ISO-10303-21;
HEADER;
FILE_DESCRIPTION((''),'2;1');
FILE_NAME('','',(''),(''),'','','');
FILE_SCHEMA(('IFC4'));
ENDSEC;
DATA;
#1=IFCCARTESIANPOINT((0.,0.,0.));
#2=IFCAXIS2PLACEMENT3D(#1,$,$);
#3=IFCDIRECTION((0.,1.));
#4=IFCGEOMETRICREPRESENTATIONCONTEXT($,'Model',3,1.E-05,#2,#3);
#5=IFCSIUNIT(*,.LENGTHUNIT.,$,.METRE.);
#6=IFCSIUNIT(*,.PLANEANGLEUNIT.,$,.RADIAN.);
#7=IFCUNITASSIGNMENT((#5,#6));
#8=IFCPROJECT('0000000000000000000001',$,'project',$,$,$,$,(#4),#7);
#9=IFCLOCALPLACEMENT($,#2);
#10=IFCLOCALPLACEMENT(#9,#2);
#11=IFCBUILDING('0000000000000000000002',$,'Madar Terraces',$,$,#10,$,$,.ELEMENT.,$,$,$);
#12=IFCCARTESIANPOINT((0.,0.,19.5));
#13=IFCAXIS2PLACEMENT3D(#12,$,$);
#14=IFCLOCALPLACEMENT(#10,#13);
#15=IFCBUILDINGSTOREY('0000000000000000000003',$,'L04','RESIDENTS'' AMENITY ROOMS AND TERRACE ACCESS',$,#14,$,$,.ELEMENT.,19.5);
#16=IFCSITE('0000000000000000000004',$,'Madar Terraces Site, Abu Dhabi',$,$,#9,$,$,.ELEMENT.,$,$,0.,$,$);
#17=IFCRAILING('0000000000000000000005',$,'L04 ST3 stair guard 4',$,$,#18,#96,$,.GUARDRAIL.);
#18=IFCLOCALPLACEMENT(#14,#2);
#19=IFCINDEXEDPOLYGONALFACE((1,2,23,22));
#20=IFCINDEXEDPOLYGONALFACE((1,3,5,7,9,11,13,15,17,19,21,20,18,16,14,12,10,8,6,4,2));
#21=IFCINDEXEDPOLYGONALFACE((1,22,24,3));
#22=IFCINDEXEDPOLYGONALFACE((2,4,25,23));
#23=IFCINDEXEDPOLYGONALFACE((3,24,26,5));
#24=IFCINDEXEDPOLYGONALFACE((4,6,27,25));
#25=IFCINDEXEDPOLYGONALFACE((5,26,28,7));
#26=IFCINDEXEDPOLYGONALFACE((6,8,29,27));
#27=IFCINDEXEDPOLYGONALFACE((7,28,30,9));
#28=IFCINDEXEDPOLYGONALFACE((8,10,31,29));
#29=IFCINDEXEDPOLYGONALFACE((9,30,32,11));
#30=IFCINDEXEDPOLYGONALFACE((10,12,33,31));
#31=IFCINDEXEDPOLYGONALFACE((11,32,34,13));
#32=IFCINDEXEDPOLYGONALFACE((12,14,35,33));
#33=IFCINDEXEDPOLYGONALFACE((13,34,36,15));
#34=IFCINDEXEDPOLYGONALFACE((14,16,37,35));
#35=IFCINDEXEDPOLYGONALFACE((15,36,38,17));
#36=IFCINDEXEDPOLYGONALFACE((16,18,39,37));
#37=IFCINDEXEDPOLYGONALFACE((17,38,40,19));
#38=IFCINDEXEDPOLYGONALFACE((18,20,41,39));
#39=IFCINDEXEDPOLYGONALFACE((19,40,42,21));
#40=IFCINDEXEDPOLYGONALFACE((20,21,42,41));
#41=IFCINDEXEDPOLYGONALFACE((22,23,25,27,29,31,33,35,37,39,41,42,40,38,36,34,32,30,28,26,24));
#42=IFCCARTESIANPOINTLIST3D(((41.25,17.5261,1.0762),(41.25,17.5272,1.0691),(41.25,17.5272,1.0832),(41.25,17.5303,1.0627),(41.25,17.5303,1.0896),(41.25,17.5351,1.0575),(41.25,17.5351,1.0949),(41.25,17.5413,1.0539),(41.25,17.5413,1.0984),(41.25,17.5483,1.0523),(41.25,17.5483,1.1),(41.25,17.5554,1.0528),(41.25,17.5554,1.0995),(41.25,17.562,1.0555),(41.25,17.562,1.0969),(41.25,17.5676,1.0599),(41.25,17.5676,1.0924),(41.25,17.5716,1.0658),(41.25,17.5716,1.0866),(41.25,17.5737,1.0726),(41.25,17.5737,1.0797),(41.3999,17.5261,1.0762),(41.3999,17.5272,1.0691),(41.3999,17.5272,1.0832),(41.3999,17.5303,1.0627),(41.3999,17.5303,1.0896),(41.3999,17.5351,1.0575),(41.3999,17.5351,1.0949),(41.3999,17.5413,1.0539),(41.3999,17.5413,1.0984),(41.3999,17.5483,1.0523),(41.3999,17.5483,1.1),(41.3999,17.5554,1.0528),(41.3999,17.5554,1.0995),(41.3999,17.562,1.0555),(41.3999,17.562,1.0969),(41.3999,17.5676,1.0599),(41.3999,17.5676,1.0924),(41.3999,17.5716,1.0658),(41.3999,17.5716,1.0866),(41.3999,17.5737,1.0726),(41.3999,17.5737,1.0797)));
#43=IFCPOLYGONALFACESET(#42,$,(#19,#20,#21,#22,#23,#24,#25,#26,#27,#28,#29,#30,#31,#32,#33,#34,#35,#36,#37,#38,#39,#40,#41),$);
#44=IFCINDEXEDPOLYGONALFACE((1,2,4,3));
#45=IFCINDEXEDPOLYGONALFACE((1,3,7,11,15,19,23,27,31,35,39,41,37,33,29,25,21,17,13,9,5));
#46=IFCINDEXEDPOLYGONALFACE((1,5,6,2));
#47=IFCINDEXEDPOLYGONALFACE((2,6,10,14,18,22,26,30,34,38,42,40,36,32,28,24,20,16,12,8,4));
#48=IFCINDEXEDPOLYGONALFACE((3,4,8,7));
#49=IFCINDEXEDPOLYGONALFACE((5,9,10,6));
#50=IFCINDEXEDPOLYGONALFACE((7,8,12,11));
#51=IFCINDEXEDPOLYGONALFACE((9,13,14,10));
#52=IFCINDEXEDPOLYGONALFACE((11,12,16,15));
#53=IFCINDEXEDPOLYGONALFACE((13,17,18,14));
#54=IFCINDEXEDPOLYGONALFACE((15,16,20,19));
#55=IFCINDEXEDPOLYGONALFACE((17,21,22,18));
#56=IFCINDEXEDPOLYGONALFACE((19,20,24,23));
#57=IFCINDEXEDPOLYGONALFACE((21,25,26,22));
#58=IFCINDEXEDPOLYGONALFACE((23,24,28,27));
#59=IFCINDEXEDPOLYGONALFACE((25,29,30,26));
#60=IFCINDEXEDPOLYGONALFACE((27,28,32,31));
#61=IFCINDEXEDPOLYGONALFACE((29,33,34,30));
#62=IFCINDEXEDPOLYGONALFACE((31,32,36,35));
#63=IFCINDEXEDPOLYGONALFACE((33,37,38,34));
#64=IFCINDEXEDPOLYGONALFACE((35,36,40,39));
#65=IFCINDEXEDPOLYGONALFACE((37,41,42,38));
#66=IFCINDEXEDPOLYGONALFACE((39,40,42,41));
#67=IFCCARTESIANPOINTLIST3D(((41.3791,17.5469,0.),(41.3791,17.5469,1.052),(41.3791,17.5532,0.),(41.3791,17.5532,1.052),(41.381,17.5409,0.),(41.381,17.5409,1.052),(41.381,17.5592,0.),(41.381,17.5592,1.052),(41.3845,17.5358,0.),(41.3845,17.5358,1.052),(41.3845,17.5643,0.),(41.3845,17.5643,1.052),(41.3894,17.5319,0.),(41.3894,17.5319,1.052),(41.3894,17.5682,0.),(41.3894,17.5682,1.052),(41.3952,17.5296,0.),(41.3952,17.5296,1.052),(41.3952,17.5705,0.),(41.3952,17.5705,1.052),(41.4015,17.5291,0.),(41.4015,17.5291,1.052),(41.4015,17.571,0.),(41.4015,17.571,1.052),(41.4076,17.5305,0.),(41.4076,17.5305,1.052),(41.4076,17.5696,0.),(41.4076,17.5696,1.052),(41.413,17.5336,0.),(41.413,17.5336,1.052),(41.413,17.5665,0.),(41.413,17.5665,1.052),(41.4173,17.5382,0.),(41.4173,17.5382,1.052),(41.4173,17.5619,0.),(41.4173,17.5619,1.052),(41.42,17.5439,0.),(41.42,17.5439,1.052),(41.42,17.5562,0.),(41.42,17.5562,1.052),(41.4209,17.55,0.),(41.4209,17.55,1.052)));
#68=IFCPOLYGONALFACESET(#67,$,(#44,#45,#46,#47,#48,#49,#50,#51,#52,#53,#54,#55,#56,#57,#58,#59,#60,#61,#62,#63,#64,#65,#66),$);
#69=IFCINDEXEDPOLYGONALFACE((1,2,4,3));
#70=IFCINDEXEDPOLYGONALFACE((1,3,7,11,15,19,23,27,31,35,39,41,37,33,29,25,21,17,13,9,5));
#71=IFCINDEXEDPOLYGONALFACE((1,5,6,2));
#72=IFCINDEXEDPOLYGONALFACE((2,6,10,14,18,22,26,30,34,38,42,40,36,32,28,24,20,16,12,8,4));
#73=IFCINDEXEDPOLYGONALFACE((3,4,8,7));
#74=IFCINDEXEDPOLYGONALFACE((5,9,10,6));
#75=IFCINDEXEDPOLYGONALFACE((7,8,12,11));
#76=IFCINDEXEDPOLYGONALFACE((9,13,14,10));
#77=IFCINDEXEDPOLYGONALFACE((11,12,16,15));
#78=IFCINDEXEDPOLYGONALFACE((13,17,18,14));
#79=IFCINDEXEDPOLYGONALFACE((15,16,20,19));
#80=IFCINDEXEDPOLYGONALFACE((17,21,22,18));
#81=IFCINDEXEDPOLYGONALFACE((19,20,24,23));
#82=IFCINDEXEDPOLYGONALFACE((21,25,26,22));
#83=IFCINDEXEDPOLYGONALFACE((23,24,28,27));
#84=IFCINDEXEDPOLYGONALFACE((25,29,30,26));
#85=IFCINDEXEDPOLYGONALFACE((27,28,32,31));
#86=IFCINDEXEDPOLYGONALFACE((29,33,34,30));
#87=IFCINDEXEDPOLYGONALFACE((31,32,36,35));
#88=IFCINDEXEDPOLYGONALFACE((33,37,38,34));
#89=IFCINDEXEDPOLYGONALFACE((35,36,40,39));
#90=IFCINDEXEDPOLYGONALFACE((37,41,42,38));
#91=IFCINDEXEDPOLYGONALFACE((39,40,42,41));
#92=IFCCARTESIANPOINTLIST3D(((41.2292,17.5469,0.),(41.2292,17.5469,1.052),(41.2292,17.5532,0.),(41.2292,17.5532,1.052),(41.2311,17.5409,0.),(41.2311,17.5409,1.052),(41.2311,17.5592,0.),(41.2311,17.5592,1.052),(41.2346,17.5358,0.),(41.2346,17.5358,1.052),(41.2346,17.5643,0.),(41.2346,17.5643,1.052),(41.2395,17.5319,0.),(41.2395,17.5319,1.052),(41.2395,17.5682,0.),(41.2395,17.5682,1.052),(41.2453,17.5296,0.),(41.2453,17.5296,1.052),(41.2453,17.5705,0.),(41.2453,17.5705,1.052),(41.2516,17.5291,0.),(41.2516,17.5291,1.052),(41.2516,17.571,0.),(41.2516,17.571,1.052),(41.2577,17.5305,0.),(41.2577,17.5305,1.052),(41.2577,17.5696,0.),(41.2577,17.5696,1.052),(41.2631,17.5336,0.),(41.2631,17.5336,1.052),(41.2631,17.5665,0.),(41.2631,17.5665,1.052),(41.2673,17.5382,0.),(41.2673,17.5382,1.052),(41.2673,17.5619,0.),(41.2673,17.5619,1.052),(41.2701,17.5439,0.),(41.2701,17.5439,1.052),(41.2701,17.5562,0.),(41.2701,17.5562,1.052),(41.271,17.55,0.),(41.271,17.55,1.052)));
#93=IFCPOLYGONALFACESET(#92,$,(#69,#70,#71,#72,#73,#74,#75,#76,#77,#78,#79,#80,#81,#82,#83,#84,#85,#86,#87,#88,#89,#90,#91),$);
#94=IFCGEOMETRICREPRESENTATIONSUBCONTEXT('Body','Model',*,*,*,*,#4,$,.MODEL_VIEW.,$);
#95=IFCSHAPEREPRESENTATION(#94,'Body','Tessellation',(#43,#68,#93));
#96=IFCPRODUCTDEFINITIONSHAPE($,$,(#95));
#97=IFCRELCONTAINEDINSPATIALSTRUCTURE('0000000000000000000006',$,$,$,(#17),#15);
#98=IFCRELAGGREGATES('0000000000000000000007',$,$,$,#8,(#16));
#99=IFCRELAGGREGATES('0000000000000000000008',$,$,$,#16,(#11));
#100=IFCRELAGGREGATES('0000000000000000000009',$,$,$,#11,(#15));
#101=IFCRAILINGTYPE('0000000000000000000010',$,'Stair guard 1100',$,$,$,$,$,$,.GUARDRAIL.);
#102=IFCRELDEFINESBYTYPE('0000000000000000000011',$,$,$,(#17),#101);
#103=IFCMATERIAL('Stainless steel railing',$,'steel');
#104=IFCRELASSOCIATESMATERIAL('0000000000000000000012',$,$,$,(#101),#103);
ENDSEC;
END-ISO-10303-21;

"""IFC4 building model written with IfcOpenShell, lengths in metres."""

from ifc_helpers import new_model, si_unit, direction, frame, origin, origin_2d, place, context, subcontext, project, spatial, circle, extrude, material, type_object, element, save


model = new_model("IFC4")

# Units and contexts
model_context = context("Model", 3, precision=1e-05, world=origin(), true_north=direction((0.0, 1.0)))
body_context = subcontext(model_context, "Body", "Model", "MODEL_VIEW")
ifc_project = project(units=[si_unit("LENGTHUNIT", "METRE"), si_unit("PLANEANGLEUNIT", "RADIAN")], contexts=[model_context])

# Site, building, storey
site_placement = place(None, origin())
site = spatial("IfcSite", under=ifc_project, at=site_placement, Name="Madar Terraces Site, Abu Dhabi", CompositionType="ELEMENT", RefElevation=0.0)
building_placement = place(site_placement, origin())
building = spatial("IfcBuilding", under=site, at=building_placement, Name="Madar Terraces", CompositionType="ELEMENT")
storey_placement = place(building_placement, frame((0.0, 0.0, 19.5)))
storey = spatial("IfcBuildingStorey", under=building, at=storey_placement, Name="L04", Description="RESIDENTS' AMENITY ROOMS AND TERRACE ACCESS", CompositionType="ELEMENT", Elevation=19.5)

# Railing
ifc_material_1 = material(Name="Stainless steel railing", Category="steel")
railing_type_1 = type_object("IfcRailingType", Name="Stair guard 1100", PredefinedType="GUARDRAIL", material=ifc_material_1)
railing_1_placement = place(storey_placement, frame((41.3999, 17.55, 0.0)))
element("IfcRailing", 1, at=railing_1_placement, inside=storey, type_object=railing_type_1, Name="L04 ST3 stair guard 4", PredefinedType="GUARDRAIL", context=body_context, shape_type="SweptSolid", body=[
    extrude(circle(Radius=0.0239, at=origin_2d()), frame((0.0, 0.0, 1.0762), z_axis=(-1.0, 0.0, 0.0), x_axis=(0.0, -1.0, 0.0)), (0.0, 0.0, 1.0), 0.1499),
    extrude(circle(Radius=0.021, at=origin_2d()), origin(), (0.0, 0.0, 1.0), 1.052),
    extrude(circle(Radius=0.021, at=origin_2d()), frame((-0.1499, 0.0, 0.0)), (0.0, 0.0, 1.0), 1.052),
])

save(model, "model.ifc")
